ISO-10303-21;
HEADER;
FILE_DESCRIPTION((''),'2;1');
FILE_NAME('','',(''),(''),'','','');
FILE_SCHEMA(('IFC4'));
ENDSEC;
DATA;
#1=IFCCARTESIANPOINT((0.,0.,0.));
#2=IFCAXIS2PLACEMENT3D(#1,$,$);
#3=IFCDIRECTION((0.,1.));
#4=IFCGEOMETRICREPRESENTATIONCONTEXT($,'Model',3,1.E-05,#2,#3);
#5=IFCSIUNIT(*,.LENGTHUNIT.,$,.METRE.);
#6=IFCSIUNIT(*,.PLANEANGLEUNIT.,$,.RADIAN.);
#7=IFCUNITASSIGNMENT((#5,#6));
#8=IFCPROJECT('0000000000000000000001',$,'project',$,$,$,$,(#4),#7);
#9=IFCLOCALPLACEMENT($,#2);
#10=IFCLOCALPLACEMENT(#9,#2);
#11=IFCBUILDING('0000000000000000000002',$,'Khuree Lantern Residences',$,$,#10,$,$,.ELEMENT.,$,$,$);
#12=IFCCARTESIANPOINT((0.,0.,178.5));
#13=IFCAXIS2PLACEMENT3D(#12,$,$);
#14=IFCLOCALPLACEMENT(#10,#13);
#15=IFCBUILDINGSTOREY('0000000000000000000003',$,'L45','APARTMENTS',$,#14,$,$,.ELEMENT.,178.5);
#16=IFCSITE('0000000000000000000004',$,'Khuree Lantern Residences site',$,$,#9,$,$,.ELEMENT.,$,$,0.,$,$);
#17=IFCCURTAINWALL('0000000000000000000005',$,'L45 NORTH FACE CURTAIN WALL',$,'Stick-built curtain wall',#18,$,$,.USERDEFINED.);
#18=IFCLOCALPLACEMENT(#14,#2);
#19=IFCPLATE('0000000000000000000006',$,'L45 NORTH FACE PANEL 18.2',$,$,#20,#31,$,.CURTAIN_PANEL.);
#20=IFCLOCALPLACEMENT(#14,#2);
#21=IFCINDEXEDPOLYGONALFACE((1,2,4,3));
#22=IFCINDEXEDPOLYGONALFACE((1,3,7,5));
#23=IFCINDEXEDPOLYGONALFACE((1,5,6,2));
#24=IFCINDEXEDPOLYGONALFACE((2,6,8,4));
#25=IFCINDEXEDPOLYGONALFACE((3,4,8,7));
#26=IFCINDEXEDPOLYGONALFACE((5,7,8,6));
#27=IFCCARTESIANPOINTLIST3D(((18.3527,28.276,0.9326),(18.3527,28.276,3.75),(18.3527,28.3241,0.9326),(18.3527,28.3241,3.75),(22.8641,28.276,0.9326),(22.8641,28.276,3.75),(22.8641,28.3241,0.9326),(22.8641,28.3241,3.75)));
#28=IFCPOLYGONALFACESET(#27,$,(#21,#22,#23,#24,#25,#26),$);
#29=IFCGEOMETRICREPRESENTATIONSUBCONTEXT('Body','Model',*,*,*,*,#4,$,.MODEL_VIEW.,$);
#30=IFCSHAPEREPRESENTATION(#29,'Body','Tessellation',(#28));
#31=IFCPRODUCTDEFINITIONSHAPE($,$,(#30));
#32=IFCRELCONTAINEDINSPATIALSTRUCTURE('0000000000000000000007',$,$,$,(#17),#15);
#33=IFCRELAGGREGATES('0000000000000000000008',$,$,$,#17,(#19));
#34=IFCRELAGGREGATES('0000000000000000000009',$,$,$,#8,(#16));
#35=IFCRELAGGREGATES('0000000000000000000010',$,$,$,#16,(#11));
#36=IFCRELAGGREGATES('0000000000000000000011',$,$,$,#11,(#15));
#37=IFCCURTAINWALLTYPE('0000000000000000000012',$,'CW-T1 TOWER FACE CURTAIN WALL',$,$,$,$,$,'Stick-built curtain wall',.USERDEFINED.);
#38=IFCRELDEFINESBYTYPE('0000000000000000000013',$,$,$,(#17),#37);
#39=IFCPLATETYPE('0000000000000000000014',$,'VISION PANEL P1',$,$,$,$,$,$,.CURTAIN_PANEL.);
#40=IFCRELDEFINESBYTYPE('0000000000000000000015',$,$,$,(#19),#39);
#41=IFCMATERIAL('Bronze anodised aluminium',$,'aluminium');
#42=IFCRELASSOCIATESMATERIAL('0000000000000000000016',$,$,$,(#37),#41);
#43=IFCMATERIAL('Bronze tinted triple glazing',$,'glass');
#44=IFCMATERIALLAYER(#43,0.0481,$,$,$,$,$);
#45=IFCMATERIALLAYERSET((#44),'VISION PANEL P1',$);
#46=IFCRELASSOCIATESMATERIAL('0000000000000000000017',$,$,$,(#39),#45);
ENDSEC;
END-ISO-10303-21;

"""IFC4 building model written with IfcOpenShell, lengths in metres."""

from ifc_helpers import new_model, si_unit, direction, frame, origin, origin_2d, place, context, subcontext, project, spatial, rectangle, extrude, material, layer, layer_set, type_object, element, aggregate, save


model = new_model("IFC4")

# Units and contexts
model_context = context("Model", 3, precision=1e-05, world=origin(), true_north=direction((0.0, 1.0)))
body_context = subcontext(model_context, "Body", "Model", "MODEL_VIEW")
ifc_project = project(units=[si_unit("LENGTHUNIT", "METRE"), si_unit("PLANEANGLEUNIT", "RADIAN")], contexts=[model_context])

# Site, building, storey
site_placement = place(None, origin())
site = spatial("IfcSite", under=ifc_project, at=site_placement, Name="Khuree Lantern Residences site", CompositionType="ELEMENT", RefElevation=0.0)
building_placement = place(site_placement, origin())
building = spatial("IfcBuilding", under=site, at=building_placement, Name="Khuree Lantern Residences", CompositionType="ELEMENT")
storey_placement = place(building_placement, frame((0.0, 0.0, 178.5)))
storey = spatial("IfcBuildingStorey", under=building, at=storey_placement, Name="L45", Description="APARTMENTS", CompositionType="ELEMENT", Elevation=178.5)

# Curtain wall
ifc_material_1 = material(Name="Bronze anodised aluminium", Category="aluminium")
curtain_wall_type_1 = type_object("IfcCurtainWallType", Name="CW-T1 TOWER FACE CURTAIN WALL", ElementType="Stick-built curtain wall", PredefinedType="USERDEFINED", material=ifc_material_1)
curtain_wall_1_placement = place(storey_placement, origin())
curtain_wall_1 = element("IfcCurtainWall", 1, at=curtain_wall_1_placement, inside=storey, type_object=curtain_wall_type_1, Name="L45 NORTH FACE CURTAIN WALL", ObjectType="Stick-built curtain wall", PredefinedType="USERDEFINED")

# Plate
ifc_material_2 = material(Name="Bronze tinted triple glazing", Category="glass")
ifc_layer_1 = layer(ifc_material_2, 0.0481)
ifc_layer_set_1 = layer_set([ifc_layer_1], Name="VISION PANEL P1")
plate_type_1 = type_object("IfcPlateType", Name="VISION PANEL P1", PredefinedType="CURTAIN_PANEL", material=ifc_layer_set_1)
plate_1_placement = place(storey_placement, frame((20.6084, 28.3, 0.9326), z_axis=(0.0, 0.0, 1.0), x_axis=(-1.0, 0.0, 0.0)))
plate_1 = element("IfcPlate", 2, at=plate_1_placement, type_object=plate_type_1, Name="L45 NORTH FACE PANEL 18.2", PredefinedType="CURTAIN_PANEL", context=body_context, shape_type="SweptSolid", body=[
    extrude(rectangle(XDim=4.5115, YDim=0.0481, at=origin_2d()), origin(), (0.0, 0.0, 1.0), 2.8174),
])
aggregate(curtain_wall_1, [plate_1])

save(model, "model.ifc")
